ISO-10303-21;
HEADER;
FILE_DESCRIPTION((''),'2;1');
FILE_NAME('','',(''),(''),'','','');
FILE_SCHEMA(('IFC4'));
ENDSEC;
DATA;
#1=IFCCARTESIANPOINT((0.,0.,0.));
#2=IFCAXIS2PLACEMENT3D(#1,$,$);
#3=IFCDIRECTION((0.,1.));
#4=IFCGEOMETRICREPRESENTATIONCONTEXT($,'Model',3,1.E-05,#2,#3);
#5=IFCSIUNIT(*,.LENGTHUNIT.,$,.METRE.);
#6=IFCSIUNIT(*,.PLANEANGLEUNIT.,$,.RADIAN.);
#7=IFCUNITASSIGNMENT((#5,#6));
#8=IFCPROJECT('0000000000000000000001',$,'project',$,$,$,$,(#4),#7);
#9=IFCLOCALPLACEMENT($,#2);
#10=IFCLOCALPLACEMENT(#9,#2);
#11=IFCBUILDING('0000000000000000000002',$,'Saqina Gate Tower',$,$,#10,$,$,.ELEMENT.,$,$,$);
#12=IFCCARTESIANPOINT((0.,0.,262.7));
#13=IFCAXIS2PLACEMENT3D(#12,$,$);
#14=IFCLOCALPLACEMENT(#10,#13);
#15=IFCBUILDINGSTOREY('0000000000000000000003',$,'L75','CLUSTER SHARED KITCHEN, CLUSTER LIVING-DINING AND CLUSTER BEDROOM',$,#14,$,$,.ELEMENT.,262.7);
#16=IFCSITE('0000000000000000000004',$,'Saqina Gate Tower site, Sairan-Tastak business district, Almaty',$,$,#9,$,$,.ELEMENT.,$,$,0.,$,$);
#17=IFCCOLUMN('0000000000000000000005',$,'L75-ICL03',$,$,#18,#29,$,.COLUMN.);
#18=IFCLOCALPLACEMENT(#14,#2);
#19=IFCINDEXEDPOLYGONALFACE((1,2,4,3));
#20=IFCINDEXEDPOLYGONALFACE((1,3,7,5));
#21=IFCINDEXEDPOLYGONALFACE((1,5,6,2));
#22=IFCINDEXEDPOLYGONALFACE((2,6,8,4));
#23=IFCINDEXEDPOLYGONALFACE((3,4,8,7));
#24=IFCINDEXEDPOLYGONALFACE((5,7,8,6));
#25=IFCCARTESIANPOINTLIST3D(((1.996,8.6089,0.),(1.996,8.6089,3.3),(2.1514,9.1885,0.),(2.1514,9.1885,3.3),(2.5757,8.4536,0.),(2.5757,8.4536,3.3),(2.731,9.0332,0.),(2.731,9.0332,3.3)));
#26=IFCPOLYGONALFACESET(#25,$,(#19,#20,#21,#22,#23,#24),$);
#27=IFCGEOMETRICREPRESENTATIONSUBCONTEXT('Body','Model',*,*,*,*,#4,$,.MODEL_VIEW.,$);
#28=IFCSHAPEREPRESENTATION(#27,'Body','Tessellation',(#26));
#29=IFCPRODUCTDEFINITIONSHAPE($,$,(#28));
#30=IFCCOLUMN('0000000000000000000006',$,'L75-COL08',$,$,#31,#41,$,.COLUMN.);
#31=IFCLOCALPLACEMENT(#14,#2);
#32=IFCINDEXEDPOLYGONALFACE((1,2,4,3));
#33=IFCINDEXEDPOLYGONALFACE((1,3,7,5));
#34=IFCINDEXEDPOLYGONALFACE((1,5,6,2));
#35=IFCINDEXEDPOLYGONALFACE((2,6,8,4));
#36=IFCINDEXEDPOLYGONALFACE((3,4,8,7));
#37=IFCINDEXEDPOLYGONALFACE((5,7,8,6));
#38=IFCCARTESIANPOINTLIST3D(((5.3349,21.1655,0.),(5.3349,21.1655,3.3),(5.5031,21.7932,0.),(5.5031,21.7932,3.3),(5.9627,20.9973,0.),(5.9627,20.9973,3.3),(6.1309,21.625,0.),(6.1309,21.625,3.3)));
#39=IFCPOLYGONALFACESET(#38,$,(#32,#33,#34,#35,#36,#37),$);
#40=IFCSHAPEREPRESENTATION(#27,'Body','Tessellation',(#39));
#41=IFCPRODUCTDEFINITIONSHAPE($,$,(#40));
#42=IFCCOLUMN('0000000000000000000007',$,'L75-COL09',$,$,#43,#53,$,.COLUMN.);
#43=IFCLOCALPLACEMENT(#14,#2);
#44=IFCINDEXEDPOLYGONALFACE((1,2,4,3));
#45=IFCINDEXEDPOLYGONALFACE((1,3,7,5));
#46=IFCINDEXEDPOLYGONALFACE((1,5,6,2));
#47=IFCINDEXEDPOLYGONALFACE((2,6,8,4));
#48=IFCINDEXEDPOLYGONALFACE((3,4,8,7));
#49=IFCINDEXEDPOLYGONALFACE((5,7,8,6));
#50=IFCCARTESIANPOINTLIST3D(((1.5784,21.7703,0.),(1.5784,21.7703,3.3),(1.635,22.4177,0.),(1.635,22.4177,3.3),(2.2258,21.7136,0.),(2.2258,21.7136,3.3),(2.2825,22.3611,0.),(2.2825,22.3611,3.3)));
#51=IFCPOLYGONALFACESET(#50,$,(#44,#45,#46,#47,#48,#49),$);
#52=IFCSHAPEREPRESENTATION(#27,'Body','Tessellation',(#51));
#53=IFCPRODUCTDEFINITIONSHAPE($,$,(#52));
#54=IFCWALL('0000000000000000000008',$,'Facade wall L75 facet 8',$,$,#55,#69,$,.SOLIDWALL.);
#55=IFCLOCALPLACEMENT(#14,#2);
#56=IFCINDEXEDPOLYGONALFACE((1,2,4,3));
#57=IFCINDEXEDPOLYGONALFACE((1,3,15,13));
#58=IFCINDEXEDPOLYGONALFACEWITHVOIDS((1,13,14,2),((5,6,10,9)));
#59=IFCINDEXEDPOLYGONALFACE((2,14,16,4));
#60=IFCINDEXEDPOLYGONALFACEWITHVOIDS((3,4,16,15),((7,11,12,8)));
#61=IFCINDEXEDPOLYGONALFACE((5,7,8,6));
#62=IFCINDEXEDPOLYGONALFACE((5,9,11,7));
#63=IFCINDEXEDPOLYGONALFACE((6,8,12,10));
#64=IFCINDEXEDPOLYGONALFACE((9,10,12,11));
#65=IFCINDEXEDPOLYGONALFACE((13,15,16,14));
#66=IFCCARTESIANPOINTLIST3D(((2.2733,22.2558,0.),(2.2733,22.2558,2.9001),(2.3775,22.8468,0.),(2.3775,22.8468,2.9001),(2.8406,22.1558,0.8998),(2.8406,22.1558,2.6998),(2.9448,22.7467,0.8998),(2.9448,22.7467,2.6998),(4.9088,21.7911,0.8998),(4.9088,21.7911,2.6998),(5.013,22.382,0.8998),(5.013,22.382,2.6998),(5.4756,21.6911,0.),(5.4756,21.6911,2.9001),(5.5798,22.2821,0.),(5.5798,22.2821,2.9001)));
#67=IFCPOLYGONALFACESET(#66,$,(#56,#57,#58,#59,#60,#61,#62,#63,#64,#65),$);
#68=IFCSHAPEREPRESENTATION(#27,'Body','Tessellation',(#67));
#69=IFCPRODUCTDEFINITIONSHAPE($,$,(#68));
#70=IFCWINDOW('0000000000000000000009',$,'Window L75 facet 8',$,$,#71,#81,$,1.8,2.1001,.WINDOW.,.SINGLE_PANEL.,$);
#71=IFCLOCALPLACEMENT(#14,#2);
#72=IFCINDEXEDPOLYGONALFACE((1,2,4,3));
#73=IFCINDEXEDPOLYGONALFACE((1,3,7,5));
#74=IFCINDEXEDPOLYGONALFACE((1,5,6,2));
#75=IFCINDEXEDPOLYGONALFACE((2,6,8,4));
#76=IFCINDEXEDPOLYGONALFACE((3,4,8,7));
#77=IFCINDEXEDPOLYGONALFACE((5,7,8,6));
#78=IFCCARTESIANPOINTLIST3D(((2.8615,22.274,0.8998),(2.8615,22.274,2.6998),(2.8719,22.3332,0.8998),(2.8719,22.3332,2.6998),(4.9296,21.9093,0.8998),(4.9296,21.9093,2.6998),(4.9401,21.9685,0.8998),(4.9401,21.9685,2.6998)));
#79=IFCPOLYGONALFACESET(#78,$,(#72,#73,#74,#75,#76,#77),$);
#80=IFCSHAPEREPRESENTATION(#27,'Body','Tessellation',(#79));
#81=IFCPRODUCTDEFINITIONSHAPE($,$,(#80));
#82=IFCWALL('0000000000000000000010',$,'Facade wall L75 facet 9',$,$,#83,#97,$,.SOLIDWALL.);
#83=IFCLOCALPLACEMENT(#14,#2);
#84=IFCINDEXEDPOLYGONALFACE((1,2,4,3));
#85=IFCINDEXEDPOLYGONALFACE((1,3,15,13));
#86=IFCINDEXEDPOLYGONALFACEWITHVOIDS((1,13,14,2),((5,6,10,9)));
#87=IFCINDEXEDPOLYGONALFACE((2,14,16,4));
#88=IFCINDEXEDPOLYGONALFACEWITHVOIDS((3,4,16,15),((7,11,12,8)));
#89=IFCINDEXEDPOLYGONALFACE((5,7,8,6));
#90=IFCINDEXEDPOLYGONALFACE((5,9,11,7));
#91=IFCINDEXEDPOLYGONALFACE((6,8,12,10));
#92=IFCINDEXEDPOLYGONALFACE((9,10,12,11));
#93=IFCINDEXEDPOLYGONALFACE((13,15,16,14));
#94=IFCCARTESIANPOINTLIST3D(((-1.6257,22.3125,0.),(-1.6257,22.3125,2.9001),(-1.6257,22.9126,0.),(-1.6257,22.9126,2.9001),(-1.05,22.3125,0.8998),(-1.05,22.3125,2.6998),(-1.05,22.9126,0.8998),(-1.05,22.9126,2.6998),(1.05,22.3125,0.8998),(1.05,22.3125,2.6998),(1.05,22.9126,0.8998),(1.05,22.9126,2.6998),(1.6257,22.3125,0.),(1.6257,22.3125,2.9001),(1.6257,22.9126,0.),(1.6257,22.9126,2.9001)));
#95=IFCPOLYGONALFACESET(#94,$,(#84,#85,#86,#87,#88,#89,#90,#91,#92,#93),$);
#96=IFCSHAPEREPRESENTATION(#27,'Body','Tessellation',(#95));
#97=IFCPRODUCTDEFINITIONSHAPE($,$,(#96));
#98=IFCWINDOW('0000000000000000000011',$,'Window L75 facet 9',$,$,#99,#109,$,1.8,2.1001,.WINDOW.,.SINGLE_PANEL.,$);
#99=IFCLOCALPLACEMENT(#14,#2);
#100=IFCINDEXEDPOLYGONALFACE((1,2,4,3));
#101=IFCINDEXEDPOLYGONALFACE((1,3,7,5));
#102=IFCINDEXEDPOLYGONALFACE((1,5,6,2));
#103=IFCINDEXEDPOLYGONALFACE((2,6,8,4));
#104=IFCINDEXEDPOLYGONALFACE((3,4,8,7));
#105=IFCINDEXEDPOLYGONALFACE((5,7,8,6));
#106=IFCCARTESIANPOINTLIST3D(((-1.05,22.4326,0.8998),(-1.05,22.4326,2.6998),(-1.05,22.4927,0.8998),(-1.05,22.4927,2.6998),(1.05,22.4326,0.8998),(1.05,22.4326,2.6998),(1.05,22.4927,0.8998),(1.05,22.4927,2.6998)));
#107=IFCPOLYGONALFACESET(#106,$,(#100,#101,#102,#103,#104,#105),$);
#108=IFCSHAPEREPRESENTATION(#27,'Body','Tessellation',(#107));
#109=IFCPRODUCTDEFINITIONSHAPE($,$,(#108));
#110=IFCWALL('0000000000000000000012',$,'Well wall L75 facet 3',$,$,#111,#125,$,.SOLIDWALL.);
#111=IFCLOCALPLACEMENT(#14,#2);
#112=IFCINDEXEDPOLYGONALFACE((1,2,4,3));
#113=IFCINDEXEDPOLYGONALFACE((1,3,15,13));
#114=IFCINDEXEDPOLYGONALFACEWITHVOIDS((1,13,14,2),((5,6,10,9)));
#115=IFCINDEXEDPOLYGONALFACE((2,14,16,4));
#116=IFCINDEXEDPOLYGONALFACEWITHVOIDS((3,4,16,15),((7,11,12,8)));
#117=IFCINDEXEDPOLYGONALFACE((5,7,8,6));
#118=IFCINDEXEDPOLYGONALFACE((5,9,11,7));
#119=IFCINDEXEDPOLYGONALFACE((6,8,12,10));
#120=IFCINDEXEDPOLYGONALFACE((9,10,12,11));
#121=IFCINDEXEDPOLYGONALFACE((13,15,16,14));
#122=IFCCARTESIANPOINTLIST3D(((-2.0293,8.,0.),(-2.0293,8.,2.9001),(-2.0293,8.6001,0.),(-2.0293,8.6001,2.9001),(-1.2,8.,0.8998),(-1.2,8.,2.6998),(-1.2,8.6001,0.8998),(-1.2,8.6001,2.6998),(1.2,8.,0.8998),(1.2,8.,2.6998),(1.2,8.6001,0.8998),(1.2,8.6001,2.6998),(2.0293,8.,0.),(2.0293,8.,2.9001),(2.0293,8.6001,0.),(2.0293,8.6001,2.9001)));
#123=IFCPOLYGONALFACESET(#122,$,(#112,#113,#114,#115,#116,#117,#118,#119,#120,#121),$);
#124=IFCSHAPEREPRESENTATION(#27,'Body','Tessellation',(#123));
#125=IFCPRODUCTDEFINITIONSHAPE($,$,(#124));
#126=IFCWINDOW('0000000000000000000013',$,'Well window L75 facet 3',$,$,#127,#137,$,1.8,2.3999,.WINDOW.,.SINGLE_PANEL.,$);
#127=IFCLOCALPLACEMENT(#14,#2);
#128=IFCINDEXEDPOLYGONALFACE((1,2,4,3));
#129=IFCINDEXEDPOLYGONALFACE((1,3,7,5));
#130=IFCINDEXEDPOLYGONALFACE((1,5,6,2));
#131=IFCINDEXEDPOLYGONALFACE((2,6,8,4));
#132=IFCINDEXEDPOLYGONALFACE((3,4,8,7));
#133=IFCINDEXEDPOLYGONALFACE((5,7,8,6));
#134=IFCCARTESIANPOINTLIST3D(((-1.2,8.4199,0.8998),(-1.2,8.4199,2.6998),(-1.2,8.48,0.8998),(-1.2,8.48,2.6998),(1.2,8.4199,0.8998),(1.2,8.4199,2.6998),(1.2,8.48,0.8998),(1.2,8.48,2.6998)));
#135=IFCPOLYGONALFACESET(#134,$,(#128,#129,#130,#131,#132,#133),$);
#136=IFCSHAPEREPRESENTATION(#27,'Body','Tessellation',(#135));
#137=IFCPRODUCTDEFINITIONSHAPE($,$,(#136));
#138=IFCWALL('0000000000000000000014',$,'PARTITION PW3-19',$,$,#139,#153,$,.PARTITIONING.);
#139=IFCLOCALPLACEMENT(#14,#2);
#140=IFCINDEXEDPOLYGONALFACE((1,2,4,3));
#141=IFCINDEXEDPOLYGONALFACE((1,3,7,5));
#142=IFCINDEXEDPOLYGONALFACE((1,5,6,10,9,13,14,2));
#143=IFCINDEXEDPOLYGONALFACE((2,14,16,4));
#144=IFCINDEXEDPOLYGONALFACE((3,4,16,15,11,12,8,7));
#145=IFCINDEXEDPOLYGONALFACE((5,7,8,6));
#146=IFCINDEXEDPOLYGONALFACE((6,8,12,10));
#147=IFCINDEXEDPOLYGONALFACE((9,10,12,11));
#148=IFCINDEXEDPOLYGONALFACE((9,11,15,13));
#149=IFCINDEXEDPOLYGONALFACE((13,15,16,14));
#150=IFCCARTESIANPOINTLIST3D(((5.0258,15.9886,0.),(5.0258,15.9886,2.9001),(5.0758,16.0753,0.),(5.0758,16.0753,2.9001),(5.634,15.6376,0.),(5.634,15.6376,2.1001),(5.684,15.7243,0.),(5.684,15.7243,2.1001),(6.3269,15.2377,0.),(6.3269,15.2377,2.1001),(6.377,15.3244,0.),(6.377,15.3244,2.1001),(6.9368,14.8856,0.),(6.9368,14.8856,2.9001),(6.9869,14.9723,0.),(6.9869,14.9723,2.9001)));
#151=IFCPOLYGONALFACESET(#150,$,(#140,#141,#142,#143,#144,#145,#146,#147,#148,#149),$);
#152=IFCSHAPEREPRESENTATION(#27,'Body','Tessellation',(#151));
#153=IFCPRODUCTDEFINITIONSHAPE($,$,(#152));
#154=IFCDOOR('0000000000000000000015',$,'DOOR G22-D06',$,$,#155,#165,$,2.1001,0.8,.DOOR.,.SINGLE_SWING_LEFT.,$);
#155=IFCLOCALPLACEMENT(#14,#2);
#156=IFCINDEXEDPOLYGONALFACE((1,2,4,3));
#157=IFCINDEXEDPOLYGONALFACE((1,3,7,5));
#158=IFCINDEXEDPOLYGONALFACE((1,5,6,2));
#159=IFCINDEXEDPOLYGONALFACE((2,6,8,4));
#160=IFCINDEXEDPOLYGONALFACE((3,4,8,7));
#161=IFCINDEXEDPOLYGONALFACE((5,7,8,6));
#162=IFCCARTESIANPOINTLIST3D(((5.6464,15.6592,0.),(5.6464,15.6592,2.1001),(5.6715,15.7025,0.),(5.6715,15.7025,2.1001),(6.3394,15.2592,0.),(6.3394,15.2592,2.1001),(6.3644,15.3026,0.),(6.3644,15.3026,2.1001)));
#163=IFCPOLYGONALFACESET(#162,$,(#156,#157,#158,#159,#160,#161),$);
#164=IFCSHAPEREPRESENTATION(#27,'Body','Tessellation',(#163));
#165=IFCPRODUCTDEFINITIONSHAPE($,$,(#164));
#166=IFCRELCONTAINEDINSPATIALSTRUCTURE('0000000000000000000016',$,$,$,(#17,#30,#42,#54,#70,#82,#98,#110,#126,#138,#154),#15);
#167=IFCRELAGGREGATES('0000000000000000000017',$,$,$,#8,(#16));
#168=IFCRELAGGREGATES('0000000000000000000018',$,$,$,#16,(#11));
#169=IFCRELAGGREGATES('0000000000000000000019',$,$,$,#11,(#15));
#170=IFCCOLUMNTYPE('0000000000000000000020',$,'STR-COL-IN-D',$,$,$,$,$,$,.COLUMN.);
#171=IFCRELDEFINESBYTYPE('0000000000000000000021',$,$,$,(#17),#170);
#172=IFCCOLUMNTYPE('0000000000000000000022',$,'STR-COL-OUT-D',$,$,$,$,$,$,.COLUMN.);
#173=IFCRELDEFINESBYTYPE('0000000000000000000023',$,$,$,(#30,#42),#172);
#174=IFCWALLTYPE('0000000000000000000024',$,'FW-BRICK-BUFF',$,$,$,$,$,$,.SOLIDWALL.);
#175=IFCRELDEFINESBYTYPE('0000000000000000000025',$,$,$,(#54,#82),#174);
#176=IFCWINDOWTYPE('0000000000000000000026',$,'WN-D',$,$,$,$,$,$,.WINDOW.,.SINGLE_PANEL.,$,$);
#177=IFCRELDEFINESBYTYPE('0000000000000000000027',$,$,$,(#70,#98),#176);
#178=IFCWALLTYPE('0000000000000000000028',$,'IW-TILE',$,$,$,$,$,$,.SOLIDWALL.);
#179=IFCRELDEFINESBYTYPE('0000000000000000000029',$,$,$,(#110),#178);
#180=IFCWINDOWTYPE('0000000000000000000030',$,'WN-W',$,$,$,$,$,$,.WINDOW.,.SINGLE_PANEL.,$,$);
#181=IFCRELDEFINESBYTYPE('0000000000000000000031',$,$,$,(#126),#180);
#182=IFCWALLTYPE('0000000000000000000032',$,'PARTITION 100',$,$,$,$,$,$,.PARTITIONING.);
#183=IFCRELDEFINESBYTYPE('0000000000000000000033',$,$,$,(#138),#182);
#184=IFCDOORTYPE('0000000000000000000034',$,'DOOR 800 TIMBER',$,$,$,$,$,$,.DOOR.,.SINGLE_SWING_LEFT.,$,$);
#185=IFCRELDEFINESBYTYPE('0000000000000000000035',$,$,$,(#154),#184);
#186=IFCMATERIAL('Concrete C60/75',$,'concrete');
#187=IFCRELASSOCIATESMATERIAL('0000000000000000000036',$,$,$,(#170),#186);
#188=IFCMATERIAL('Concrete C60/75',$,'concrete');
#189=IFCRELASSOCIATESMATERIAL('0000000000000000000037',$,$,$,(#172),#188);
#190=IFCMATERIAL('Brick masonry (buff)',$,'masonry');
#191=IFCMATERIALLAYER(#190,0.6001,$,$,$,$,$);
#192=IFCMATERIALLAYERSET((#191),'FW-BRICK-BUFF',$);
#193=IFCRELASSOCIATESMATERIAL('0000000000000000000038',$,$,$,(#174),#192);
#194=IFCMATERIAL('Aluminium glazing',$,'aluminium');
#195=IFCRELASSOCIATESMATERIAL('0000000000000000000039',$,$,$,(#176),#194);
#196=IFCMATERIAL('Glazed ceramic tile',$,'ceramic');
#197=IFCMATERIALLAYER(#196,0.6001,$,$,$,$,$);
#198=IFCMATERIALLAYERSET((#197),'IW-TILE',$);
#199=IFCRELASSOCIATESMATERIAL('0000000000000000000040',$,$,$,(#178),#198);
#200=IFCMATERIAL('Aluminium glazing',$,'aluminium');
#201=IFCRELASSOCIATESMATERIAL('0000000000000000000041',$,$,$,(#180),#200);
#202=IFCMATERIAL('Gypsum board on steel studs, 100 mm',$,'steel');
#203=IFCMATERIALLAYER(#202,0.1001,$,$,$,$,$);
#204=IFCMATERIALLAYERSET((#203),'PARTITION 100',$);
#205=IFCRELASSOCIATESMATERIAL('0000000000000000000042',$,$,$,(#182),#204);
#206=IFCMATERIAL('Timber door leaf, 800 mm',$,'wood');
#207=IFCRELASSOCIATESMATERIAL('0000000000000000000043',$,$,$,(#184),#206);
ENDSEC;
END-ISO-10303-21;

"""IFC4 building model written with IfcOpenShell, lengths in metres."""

from ifc_helpers import new_model, si_unit, direction, frame, frame_2d, origin, origin_2d, place, context, subcontext, project, spatial, rectangle, extrude, material, layer, layer_set, material_profile, profile_set, type_object, element, fill, save


model = new_model("IFC4")

# Units and contexts
model_context = context("Model", 3, precision=1e-05, world=origin(), true_north=direction((0.0, 1.0)))
body_context = subcontext(model_context, "Body", "Model", "MODEL_VIEW")
ifc_project = project(units=[si_unit("LENGTHUNIT", "METRE"), si_unit("PLANEANGLEUNIT", "RADIAN")], contexts=[model_context])

# Site, building, storey
site_placement = place(None, origin())
site = spatial("IfcSite", under=ifc_project, at=site_placement, Name="Saqina Gate Tower site, Sairan-Tastak business district, Almaty", CompositionType="ELEMENT", RefElevation=0.0)
building_placement = place(site_placement, origin())
building = spatial("IfcBuilding", under=site, at=building_placement, Name="Saqina Gate Tower", CompositionType="ELEMENT")
storey_placement = place(building_placement, frame((0.0, 0.0, 262.7)))
storey = spatial("IfcBuildingStorey", under=building, at=storey_placement, Name="L75", Description="CLUSTER SHARED KITCHEN, CLUSTER LIVING-DINING AND CLUSTER BEDROOM", CompositionType="ELEMENT", Elevation=262.7)

# Columns
ifc_material_1 = material(Name="Concrete C60/75", Category="concrete")
ifc_material_profile_1 = material_profile(ifc_material_1, rectangle(XDim=0.6001, YDim=0.6001, at=origin_2d()), Name="RC 600x600")
ifc_profile_set_1 = profile_set([ifc_material_profile_1], Name="Concrete C60/75")
column_type_1 = type_object("IfcColumnType", Name="STR-COL-IN-D", PredefinedType="COLUMN", material=ifc_profile_set_1)
column_placement = place(storey_placement, frame((2.3635, 8.821, 0.0), z_axis=(0.0, 0.0, 1.0), x_axis=(0.258819, 0.965926, 0.0)))
element("IfcColumn", 1, at=column_placement, inside=storey, type_object=column_type_1, Name="L75-ICL03", PredefinedType="COLUMN", context=body_context, shape_type="SweptSolid", body=[
    extrude(rectangle(XDim=0.6001, YDim=0.6001, at=origin_2d()), origin(), (0.0, 0.0, 1.0), 3.3),
])
ifc_material_2 = material(Name="Concrete C60/75", Category="concrete")
ifc_material_profile_2 = material_profile(ifc_material_2, rectangle(XDim=0.6499, YDim=0.6499, at=origin_2d()), Name="RC 650x650")
ifc_profile_set_2 = profile_set([ifc_material_profile_2], Name="Concrete C60/75")
column_type_2 = type_object("IfcColumnType", Name="STR-COL-OUT-D", PredefinedType="COLUMN", material=ifc_profile_set_2)
for number, where, z_axis, x_axis, name in (
    (2, (5.7329, 21.3953, 0.0), (0.0, 0.0, 1.0), (0.258819, 0.965926, 0.0), "L75-COL08"),
    (3, (1.9304, 22.0657, 0.0), (0.0, 0.0, 1.0), (0.087156, 0.996195, 0.0), "L75-COL09"),
):
    element("IfcColumn", number, at=place(storey_placement, frame(where, z_axis=z_axis, x_axis=x_axis)), inside=storey, type_object=column_type_2, Name=name, PredefinedType="COLUMN", context=body_context, shape_type="SweptSolid", body=[
        extrude(rectangle(XDim=0.6499, YDim=0.6499, at=origin_2d()), origin(), (0.0, 0.0, 1.0), 3.3),
    ])

# Walls, openings, windows
ifc_material_3 = material(Name="Brick masonry (buff)", Category="masonry")
ifc_layer_1 = layer(ifc_material_3, 0.6001)
ifc_layer_set_1 = layer_set([ifc_layer_1], Name="FW-BRICK-BUFF")
wall_type_1 = type_object("IfcWallType", Name="FW-BRICK-BUFF", PredefinedType="SOLIDWALL", material=ifc_layer_set_1)
wall_1_placement = place(storey_placement, frame((5.5278, 21.9866, 0.0), z_axis=(0.0, 0.0, 1.0), x_axis=(-0.984806, 0.173657, 0.0)))
wall_1 = element("IfcWall", 4, at=wall_1_placement, inside=storey, type_object=wall_type_1, Name="Facade wall L75 facet 8", PredefinedType="SOLIDWALL", context=body_context, shape_type="SweptSolid", body=[
    extrude(rectangle(XDim=3.2517, YDim=0.6001, at=frame_2d((1.626, 0.0))), origin(), (0.0, 0.0, 1.0), 2.9001),
])
opening_1_placement = place(wall_1_placement, frame((0.5757, 0.0, 0.8999)))
opening_1 = element("IfcOpeningElement", 5, at=opening_1_placement, cuts=wall_1, PredefinedType="OPENING", context=body_context, shape_type="SweptSolid", body=[
    extrude(rectangle(XDim=2.1001, YDim=1.8, at=frame_2d((1.05, 0.8999))), frame((0.0, 0.312, 0.0), z_axis=(0.0, -1.0, 0.0), x_axis=(1.0, 0.0, 0.0)), (0.0, 0.0, 1.0), 0.624),
])
ifc_material_4 = material(Name="Aluminium glazing", Category="aluminium")
window_type_1 = type_object("IfcWindowType", Name="WN-D", PartitioningType="SINGLE_PANEL", PredefinedType="WINDOW", material=ifc_material_4)
window_1_placement = place(opening_1_placement, origin())
window_1 = element("IfcWindow", 6, at=window_1_placement, inside=storey, type_object=window_type_1, Name="Window L75 facet 8", OverallHeight=1.8, OverallWidth=2.1001, PartitioningType="SINGLE_PANEL", PredefinedType="WINDOW", context=body_context, shape_type="SweptSolid", body=[
    extrude(rectangle(XDim=2.1001, YDim=1.8, at=frame_2d((1.05, 0.8999))), frame((0.0, 0.1799, 0.0), z_axis=(0.0, -1.0, 0.0), x_axis=(1.0, 0.0, 0.0)), (0.0, 0.0, 1.0), 0.0601),
])
fill(opening_1, window_1)
wall_2_placement = place(storey_placement, frame((1.6257, 22.6125, 0.0), z_axis=(0.0, 0.0, 1.0), x_axis=(-1.0, 0.0, 0.0)))
wall_2 = element("IfcWall", 7, at=wall_2_placement, inside=storey, type_object=wall_type_1, Name="Facade wall L75 facet 9", PredefinedType="SOLIDWALL", context=body_context, shape_type="SweptSolid", body=[
    extrude(rectangle(XDim=3.2515, YDim=0.6001, at=frame_2d((1.6257, 0.0))), origin(), (0.0, 0.0, 1.0), 2.9001),
])
opening_2_placement = place(wall_2_placement, frame((0.5757, 0.0, 0.8999)))
opening_2 = element("IfcOpeningElement", 8, at=opening_2_placement, cuts=wall_2, PredefinedType="OPENING", context=body_context, shape_type="SweptSolid", body=[
    extrude(rectangle(XDim=2.1001, YDim=1.8, at=frame_2d((1.05, 0.8999))), frame((0.0, 0.312, 0.0), z_axis=(0.0, -1.0, 0.0), x_axis=(1.0, 0.0, 0.0)), (0.0, 0.0, 1.0), 0.624),
])
window_2_placement = place(opening_2_placement, origin())
window_2 = element("IfcWindow", 9, at=window_2_placement, inside=storey, type_object=window_type_1, Name="Window L75 facet 9", OverallHeight=1.8, OverallWidth=2.1001, PartitioningType="SINGLE_PANEL", PredefinedType="WINDOW", context=body_context, shape_type="SweptSolid", body=[
    extrude(rectangle(XDim=2.1001, YDim=1.8, at=frame_2d((1.05, 0.8999))), frame((0.0, 0.1799, 0.0), z_axis=(0.0, -1.0, 0.0), x_axis=(1.0, 0.0, 0.0)), (0.0, 0.0, 1.0), 0.0601),
])
fill(opening_2, window_2)
ifc_material_5 = material(Name="Glazed ceramic tile", Category="ceramic")
ifc_layer_2 = layer(ifc_material_5, 0.6001)
ifc_layer_set_2 = layer_set([ifc_layer_2], Name="IW-TILE")
wall_type_2 = type_object("IfcWallType", Name="IW-TILE", PredefinedType="SOLIDWALL", material=ifc_layer_set_2)
wall_3_placement = place(storey_placement, frame((2.0293, 8.3, 0.0), z_axis=(0.0, 0.0, 1.0), x_axis=(-1.0, 0.0, 0.0)))
wall_3 = element("IfcWall", 10, at=wall_3_placement, inside=storey, type_object=wall_type_2, Name="Well wall L75 facet 3", PredefinedType="SOLIDWALL", context=body_context, shape_type="SweptSolid", body=[
    extrude(rectangle(XDim=4.0586, YDim=0.6001, at=frame_2d((2.0293, 0.0))), origin(), (0.0, 0.0, 1.0), 2.9001),
])
opening_3_placement = place(wall_3_placement, frame((0.8293, 0.0, 0.8999)))
opening_3 = element("IfcOpeningElement", 11, at=opening_3_placement, cuts=wall_3, PredefinedType="OPENING", context=body_context, shape_type="SweptSolid", body=[
    extrude(rectangle(XDim=2.3999, YDim=1.8, at=frame_2d((1.2, 0.8999))), frame((0.0, 0.312, 0.0), z_axis=(0.0, -1.0, 0.0), x_axis=(1.0, 0.0, 0.0)), (0.0, 0.0, 1.0), 0.624),
])
ifc_material_6 = material(Name="Aluminium glazing", Category="aluminium")
window_type_2 = type_object("IfcWindowType", Name="WN-W", PartitioningType="SINGLE_PANEL", PredefinedType="WINDOW", material=ifc_material_6)
window_3_placement = place(opening_3_placement, origin())
window_3 = element("IfcWindow", 12, at=window_3_placement, inside=storey, type_object=window_type_2, Name="Well window L75 facet 3", OverallHeight=1.8, OverallWidth=2.3999, PartitioningType="SINGLE_PANEL", PredefinedType="WINDOW", context=body_context, shape_type="SweptSolid", body=[
    extrude(rectangle(XDim=2.3999, YDim=1.8, at=frame_2d((1.2, 0.8999))), frame((0.0, -0.1199, 0.0), z_axis=(0.0, -1.0, 0.0), x_axis=(1.0, 0.0, 0.0)), (0.0, 0.0, 1.0), 0.0601),
])
fill(opening_3, window_3)

# Wall, opening, door
ifc_material_7 = material(Name="Gypsum board on steel studs, 100 mm", Category="steel")
ifc_layer_3 = layer(ifc_material_7, 0.1001)
ifc_layer_set_3 = layer_set([ifc_layer_3], Name="PARTITION 100")
wall_type_3 = type_object("IfcWallType", Name="PARTITION 100", PredefinedType="PARTITIONING", material=ifc_layer_set_3)
wall_4_placement = place(storey_placement, frame((5.0508, 16.032, 0.0), z_axis=(0.0, 0.0, 1.0), x_axis=(0.866097, -0.499876, 0.0)))
wall_4 = element("IfcWall", 13, at=wall_4_placement, inside=storey, type_object=wall_type_3, Name="PARTITION PW3-19", PredefinedType="PARTITIONING", context=body_context, shape_type="SweptSolid", body=[
    extrude(rectangle(XDim=2.2065, YDim=0.1001, at=frame_2d((1.1033, 0.0))), origin(), (0.0, 0.0, 1.0), 2.9001),
])
opening_4_placement = place(wall_4_placement, frame((0.7024, 0.0, 0.0)))
opening_4 = element("IfcOpeningElement", 14, at=opening_4_placement, cuts=wall_4, PredefinedType="OPENING", context=body_context, shape_type="SweptSolid", body=[
    extrude(rectangle(XDim=0.8, YDim=2.1001, at=frame_2d((0.3999, 1.05))), frame((0.0, 0.062, 0.0), z_axis=(0.0, -1.0, 0.0), x_axis=(1.0, 0.0, 0.0)), (0.0, 0.0, 1.0), 0.124),
])
ifc_material_8 = material(Name="Timber door leaf, 800 mm", Category="wood")
door_type_1 = type_object("IfcDoorType", Name="DOOR 800 TIMBER", OperationType="SINGLE_SWING_LEFT", PredefinedType="DOOR", material=ifc_material_8)
door_1_placement = place(opening_4_placement, origin())
door_1 = element("IfcDoor", 15, at=door_1_placement, inside=storey, type_object=door_type_1, Name="DOOR G22-D06", OperationType="SINGLE_SWING_LEFT", OverallHeight=2.1001, OverallWidth=0.8, PredefinedType="DOOR", context=body_context, shape_type="SweptSolid", body=[
    extrude(rectangle(XDim=0.8, YDim=2.1001, at=frame_2d((0.3999, 1.05))), frame((0.0, 0.0249, 0.0), z_axis=(0.0, -1.0, 0.0), x_axis=(1.0, 0.0, 0.0)), (0.0, 0.0, 1.0), 0.05),
])
fill(opening_4, door_1)

save(model, "model.ifc")
